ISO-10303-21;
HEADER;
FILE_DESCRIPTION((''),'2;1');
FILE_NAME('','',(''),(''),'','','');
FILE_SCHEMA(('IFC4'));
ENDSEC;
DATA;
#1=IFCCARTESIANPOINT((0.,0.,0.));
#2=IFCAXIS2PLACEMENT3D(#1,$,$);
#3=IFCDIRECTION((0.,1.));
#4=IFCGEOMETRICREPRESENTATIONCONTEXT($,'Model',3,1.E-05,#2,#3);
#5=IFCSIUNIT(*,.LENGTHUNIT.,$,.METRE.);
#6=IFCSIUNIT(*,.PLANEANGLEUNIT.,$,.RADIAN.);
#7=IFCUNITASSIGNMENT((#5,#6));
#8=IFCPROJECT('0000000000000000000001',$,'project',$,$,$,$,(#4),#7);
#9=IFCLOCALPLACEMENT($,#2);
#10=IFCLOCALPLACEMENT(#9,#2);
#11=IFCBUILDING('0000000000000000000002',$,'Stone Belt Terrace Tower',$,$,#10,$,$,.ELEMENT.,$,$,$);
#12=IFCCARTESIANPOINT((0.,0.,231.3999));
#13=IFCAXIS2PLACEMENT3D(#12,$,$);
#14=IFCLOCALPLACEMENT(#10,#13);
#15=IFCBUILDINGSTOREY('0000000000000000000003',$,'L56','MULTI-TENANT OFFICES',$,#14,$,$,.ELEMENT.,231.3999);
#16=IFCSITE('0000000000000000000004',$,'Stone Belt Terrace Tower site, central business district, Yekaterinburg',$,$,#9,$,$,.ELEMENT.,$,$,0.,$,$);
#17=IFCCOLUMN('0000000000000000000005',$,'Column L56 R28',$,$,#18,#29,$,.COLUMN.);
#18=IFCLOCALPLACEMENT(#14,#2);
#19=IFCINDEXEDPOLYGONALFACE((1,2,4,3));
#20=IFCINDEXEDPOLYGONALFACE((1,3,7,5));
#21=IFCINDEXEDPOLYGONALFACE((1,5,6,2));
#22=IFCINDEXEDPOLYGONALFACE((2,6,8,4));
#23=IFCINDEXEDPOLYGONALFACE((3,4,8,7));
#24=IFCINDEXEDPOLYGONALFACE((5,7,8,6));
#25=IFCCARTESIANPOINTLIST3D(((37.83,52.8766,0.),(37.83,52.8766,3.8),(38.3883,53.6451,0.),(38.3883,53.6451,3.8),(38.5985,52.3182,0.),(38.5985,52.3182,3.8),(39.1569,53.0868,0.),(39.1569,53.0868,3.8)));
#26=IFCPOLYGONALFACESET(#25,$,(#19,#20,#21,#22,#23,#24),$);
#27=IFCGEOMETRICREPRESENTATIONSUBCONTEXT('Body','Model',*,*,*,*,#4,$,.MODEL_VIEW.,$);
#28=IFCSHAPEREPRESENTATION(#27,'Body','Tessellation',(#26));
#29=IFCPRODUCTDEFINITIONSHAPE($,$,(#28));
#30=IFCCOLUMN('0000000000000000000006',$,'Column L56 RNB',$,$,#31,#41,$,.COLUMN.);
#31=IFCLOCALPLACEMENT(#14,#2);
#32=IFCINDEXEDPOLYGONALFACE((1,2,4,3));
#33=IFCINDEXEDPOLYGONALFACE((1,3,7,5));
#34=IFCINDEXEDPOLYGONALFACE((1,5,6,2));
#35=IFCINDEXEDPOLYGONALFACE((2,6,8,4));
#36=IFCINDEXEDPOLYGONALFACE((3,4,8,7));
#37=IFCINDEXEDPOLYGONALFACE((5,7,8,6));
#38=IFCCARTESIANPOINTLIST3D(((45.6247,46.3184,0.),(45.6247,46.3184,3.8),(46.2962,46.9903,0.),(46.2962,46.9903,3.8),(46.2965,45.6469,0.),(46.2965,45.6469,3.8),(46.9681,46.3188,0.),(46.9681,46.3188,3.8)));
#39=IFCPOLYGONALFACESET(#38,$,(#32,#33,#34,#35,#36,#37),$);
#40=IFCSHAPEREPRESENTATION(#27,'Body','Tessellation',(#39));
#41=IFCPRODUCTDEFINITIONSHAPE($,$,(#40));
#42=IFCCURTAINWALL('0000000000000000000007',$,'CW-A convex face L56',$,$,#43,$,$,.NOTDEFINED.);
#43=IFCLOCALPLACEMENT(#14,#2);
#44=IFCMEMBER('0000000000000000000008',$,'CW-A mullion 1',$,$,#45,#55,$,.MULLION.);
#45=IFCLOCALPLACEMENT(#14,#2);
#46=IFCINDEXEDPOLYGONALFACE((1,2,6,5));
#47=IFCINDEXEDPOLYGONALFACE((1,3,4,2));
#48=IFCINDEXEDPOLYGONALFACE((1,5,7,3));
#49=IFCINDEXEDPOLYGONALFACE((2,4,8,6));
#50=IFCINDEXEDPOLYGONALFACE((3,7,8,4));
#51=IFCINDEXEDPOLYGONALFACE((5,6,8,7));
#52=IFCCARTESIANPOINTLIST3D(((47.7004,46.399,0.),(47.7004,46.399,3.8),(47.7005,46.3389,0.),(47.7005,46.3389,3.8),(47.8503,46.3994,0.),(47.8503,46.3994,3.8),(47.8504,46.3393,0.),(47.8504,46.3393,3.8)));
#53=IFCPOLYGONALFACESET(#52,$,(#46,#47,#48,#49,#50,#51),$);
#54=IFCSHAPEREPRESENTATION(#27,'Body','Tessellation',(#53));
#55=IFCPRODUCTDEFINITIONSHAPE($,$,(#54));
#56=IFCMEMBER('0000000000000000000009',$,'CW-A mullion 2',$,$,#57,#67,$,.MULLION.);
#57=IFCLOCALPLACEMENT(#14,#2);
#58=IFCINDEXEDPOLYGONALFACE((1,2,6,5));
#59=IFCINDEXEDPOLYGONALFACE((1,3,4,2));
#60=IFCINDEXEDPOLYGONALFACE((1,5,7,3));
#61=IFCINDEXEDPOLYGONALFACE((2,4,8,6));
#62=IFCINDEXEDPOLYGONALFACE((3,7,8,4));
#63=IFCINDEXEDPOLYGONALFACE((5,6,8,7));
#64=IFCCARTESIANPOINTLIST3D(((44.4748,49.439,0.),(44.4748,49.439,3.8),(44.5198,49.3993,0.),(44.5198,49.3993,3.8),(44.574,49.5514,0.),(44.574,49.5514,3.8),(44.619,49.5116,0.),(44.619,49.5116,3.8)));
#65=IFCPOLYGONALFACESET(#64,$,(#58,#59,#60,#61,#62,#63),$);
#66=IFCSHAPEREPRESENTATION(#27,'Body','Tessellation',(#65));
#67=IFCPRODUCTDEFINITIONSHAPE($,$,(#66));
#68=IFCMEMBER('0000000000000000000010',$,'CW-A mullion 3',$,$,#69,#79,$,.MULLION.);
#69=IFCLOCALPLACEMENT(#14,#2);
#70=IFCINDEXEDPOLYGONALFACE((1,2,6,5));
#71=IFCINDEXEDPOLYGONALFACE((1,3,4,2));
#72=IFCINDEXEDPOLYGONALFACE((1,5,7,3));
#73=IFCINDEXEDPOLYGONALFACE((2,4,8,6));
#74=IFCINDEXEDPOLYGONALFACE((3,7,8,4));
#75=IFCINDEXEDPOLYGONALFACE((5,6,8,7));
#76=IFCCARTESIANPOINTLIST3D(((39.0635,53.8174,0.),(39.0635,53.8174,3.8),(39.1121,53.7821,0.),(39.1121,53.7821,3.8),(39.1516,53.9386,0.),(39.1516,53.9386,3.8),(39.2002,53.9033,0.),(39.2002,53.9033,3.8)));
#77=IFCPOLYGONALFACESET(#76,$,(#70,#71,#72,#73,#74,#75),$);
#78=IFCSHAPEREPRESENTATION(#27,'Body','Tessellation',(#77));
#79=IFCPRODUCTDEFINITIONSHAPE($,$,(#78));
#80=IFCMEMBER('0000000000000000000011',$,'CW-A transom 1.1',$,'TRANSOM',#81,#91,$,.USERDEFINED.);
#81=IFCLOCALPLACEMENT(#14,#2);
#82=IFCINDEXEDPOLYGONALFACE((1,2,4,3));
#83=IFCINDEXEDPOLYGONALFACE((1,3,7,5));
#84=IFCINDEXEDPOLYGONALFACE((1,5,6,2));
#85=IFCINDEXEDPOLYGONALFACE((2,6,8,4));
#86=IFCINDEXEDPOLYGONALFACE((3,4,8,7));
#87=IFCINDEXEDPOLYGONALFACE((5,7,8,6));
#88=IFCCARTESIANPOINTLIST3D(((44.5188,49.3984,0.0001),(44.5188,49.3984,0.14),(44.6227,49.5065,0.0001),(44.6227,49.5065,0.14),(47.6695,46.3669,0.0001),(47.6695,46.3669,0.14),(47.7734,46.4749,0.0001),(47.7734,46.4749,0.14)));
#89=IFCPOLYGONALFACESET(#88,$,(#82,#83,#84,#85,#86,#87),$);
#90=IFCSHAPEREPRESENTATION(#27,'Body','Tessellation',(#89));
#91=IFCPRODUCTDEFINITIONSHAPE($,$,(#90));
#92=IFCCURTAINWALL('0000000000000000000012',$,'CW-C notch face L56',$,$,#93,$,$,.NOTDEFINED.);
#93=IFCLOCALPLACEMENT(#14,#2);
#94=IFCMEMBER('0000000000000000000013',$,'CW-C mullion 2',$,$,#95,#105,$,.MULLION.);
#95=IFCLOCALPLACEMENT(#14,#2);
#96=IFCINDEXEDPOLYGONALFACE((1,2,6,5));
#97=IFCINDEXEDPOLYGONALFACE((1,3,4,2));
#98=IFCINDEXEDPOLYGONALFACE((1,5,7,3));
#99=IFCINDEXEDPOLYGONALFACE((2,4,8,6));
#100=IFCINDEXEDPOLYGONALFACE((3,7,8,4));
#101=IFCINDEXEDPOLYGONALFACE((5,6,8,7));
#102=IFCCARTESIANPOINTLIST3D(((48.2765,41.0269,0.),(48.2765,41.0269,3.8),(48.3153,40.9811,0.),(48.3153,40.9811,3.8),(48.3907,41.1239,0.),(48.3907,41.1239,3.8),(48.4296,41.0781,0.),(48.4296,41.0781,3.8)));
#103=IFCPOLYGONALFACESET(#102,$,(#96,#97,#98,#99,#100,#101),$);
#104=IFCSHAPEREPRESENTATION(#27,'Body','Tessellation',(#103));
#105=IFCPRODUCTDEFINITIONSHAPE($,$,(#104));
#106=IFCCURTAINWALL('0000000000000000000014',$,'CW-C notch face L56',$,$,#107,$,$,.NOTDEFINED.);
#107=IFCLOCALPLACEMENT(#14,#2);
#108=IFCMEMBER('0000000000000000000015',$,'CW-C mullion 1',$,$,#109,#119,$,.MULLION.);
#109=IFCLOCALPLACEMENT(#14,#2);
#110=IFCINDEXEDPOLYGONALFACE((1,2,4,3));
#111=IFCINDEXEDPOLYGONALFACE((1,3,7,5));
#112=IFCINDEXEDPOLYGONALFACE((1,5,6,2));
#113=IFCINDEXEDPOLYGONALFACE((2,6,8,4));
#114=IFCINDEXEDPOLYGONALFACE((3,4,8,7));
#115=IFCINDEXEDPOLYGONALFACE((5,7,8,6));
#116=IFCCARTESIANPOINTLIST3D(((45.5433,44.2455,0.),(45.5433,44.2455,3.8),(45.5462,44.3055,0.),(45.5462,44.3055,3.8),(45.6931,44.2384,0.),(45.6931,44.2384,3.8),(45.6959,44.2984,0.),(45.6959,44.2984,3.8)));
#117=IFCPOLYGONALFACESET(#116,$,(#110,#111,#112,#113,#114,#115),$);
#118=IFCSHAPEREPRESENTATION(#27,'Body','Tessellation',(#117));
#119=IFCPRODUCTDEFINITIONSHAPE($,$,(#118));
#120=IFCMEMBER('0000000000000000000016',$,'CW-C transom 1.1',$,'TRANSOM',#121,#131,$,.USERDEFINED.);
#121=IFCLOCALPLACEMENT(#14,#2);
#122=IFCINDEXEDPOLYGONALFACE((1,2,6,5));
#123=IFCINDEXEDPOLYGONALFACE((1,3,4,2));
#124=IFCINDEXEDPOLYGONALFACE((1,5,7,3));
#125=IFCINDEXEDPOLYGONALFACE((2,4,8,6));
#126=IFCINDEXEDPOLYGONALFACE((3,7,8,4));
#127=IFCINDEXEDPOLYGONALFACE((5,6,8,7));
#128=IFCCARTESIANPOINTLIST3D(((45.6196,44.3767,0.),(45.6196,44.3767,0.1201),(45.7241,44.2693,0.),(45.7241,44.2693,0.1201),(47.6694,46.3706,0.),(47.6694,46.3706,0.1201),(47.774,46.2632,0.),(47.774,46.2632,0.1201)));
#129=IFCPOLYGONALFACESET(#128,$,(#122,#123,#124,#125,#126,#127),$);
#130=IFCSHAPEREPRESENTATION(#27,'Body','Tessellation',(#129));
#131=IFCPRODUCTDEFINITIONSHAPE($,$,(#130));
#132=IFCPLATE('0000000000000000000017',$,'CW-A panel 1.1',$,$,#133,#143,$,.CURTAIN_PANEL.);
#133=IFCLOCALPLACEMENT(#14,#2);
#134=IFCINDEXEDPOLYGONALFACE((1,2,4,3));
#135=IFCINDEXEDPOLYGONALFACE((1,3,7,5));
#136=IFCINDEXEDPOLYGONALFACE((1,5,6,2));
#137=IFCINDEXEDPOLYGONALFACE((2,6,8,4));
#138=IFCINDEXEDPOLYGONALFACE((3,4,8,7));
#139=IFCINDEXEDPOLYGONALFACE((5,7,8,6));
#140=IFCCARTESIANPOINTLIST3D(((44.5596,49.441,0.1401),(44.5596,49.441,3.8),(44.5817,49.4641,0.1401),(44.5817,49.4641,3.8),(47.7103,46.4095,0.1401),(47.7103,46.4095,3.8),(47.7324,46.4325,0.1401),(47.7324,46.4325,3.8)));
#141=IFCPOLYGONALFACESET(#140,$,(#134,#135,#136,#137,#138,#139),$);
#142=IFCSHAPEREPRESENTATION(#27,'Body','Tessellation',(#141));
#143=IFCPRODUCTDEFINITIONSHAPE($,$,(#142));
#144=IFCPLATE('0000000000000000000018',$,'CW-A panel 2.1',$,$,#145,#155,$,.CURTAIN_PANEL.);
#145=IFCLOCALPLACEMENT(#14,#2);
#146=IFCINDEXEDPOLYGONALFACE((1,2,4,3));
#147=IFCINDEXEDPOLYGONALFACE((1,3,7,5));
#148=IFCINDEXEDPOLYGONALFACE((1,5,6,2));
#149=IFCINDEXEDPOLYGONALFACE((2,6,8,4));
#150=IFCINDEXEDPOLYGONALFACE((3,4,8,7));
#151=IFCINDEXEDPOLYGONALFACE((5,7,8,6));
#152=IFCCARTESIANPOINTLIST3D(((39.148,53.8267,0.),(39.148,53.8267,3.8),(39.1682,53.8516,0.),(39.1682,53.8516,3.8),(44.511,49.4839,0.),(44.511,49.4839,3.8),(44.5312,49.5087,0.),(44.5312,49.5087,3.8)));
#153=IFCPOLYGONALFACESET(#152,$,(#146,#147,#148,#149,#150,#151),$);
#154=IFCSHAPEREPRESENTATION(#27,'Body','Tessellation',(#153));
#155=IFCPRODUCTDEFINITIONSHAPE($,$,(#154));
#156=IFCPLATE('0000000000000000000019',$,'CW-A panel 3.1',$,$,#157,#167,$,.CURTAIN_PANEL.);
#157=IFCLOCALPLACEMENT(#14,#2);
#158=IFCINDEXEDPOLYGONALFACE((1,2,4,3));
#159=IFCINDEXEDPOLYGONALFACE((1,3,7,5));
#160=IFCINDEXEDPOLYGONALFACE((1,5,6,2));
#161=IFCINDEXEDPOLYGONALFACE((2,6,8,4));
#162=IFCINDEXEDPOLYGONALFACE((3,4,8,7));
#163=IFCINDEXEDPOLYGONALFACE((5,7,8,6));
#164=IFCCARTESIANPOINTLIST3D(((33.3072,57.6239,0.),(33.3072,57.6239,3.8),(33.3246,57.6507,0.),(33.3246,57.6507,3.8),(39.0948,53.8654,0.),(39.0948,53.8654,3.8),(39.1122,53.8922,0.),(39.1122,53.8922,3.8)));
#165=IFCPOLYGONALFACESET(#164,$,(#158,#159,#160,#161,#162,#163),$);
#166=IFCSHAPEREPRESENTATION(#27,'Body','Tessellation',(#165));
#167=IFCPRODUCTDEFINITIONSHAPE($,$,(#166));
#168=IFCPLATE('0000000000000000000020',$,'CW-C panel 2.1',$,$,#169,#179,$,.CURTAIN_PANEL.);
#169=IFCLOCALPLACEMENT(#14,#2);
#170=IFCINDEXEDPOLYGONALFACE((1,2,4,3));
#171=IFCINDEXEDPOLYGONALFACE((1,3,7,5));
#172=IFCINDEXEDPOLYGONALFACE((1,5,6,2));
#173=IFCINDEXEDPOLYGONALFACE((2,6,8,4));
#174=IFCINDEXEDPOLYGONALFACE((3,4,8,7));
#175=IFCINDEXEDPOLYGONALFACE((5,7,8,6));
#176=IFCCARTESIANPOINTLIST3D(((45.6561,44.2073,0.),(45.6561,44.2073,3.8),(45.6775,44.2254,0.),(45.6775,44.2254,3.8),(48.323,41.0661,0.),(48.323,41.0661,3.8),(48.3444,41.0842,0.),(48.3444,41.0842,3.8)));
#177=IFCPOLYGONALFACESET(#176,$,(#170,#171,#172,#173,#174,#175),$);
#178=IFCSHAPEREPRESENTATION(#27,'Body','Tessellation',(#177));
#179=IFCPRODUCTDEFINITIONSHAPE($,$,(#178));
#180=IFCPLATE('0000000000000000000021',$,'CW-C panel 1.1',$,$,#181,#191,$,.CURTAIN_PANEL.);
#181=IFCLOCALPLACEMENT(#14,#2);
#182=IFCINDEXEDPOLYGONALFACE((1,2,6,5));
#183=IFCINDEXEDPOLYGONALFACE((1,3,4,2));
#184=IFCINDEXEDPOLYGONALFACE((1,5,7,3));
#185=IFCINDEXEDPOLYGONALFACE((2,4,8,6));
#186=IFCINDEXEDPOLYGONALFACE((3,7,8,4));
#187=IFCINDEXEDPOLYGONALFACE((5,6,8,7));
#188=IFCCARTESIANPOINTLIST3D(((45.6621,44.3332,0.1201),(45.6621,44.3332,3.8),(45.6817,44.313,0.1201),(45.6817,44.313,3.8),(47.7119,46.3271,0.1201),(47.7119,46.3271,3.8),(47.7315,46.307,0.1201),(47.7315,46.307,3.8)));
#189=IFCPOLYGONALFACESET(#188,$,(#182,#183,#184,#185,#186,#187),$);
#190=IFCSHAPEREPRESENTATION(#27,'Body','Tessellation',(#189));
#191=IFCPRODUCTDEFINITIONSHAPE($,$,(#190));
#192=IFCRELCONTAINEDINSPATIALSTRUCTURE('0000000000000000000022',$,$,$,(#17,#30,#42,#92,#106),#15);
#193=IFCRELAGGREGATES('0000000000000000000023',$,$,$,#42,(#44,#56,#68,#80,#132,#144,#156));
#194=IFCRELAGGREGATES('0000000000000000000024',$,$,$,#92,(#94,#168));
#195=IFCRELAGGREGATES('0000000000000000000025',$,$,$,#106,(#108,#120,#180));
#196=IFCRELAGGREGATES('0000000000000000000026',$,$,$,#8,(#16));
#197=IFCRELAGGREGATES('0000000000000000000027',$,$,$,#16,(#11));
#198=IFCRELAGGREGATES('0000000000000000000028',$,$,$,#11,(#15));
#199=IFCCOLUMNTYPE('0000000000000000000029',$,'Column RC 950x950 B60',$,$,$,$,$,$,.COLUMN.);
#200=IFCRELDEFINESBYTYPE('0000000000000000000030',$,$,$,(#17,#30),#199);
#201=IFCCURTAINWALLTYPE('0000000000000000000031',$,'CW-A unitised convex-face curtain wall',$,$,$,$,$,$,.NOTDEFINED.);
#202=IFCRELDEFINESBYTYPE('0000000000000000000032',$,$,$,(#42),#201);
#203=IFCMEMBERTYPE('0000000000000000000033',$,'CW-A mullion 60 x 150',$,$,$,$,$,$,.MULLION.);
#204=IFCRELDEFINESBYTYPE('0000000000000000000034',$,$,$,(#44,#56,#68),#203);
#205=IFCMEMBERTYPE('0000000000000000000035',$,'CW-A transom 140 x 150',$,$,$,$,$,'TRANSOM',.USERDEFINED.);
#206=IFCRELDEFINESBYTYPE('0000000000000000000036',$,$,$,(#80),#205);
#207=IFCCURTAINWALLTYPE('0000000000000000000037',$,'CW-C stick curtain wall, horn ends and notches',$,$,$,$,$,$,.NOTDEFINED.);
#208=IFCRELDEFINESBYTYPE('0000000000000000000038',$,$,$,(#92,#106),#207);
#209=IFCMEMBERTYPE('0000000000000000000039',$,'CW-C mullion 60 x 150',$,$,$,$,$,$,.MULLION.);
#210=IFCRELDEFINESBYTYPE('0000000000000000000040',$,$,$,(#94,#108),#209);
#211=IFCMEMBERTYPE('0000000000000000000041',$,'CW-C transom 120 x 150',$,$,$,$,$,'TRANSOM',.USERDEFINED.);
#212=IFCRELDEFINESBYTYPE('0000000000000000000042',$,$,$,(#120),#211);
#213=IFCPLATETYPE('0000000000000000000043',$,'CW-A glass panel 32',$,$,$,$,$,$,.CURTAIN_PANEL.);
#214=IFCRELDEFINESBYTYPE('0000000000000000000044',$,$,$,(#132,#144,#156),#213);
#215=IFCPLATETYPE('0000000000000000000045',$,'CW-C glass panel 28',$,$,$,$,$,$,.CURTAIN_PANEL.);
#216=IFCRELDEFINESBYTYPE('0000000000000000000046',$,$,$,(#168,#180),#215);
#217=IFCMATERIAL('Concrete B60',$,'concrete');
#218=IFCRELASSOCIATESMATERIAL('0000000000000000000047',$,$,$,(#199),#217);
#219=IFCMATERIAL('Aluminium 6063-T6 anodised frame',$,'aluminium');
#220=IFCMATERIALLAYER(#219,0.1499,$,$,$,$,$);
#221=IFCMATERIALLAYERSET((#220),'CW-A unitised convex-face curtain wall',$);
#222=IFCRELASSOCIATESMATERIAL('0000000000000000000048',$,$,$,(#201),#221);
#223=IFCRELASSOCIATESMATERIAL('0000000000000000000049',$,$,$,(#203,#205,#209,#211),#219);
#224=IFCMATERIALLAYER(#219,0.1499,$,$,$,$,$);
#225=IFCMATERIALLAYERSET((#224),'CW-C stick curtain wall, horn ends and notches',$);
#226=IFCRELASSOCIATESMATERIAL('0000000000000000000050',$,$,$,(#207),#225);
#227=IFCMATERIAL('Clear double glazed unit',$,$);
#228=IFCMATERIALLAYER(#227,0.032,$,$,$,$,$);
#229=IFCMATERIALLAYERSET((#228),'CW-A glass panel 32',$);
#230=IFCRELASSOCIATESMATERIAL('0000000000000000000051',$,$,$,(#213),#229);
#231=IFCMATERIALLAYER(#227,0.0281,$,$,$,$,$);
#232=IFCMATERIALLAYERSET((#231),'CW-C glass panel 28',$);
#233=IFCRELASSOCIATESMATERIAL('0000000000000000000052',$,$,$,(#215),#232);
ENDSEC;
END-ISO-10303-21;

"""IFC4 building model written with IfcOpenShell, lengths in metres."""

from ifc_helpers import new_model, si_unit, direction, frame, origin, origin_2d, place, context, subcontext, project, spatial, rectangle, extrude, material, layer, layer_set, material_profile, profile_set, type_object, element, aggregate, save


model = new_model("IFC4")

# Units and contexts
model_context = context("Model", 3, precision=1e-05, world=origin(), true_north=direction((0.0, 1.0)))
body_context = subcontext(model_context, "Body", "Model", "MODEL_VIEW")
ifc_project = project(units=[si_unit("LENGTHUNIT", "METRE"), si_unit("PLANEANGLEUNIT", "RADIAN")], contexts=[model_context])

# Site, building, storey
site_placement = place(None, origin())
site = spatial("IfcSite", under=ifc_project, at=site_placement, Name="Stone Belt Terrace Tower site, central business district, Yekaterinburg", CompositionType="ELEMENT", RefElevation=0.0)
building_placement = place(site_placement, origin())
building = spatial("IfcBuilding", under=site, at=building_placement, Name="Stone Belt Terrace Tower", CompositionType="ELEMENT")
storey_placement = place(building_placement, frame((0.0, 0.0, 231.3999)))
storey = spatial("IfcBuildingStorey", under=building, at=storey_placement, Name="L56", Description="MULTI-TENANT OFFICES", CompositionType="ELEMENT", Elevation=231.3999)

# Columns
ifc_material_1 = material(Name="Concrete B60", Category="concrete")
ifc_material_profile_1 = material_profile(ifc_material_1, rectangle(XDim=0.95, YDim=0.95, at=origin_2d()), Name="RC 950x950")
ifc_profile_set_1 = profile_set([ifc_material_profile_1], Name="Concrete B60")
column_type = type_object("IfcColumnType", Name="Column RC 950x950 B60", PredefinedType="COLUMN", material=ifc_profile_set_1)
for number, where, z_axis, x_axis, name in (
    (1, (38.4934, 52.9817, 0.0), (0.0, 0.0, 1.0), (0.809017, -0.587785, 0.0), "Column L56 R28"),
    (2, (46.2964, 46.3186, 0.0), (0.0, 0.0, 1.0), (0.707276, -0.706938, 0.0), "Column L56 RNB"),
):
    element("IfcColumn", number, at=place(storey_placement, frame(where, z_axis=z_axis, x_axis=x_axis)), inside=storey, type_object=column_type, Name=name, PredefinedType="COLUMN", context=body_context, shape_type="SweptSolid", body=[
        extrude(rectangle(XDim=0.95, YDim=0.95, at=origin_2d()), origin(), (0.0, 0.0, 1.0), 3.8),
    ])

# Curtain wall, members
ifc_material_2 = material(Name="Aluminium 6063-T6 anodised frame", Category="aluminium")
ifc_layer_1 = layer(ifc_material_2, 0.1499)
ifc_layer_set_1 = layer_set([ifc_layer_1], Name="CW-A unitised convex-face curtain wall")
curtain_wall_type_1 = type_object("IfcCurtainWallType", Name="CW-A unitised convex-face curtain wall", PredefinedType="NOTDEFINED", material=ifc_layer_set_1)
curtain_wall_1_placement = place(storey_placement, origin())
curtain_wall_1 = element("IfcCurtainWall", 3, at=curtain_wall_1_placement, inside=storey, type_object=curtain_wall_type_1, Name="CW-A convex face L56", PredefinedType="NOTDEFINED")
ifc_material_profile_2 = material_profile(ifc_material_2, rectangle(XDim=0.1499, YDim=0.0601, at=origin_2d()), Name="Aluminium 6063-T6 60x150")
ifc_profile_set_2 = profile_set([ifc_material_profile_2], Name="Aluminium 6063-T6 anodised frame")
member_type_1 = type_object("IfcMemberType", Name="CW-A mullion 60 x 150", PredefinedType="MULLION", material=ifc_profile_set_2)
member_1_placement = place(storey_placement, frame((47.7754, 46.3691, 0.0), z_axis=(0.0, 0.0, 1.0), x_axis=(-0.999996, -0.002733, 0.0)))
member_1 = element("IfcMember", 4, at=member_1_placement, type_object=member_type_1, Name="CW-A mullion 1", PredefinedType="MULLION", context=body_context, shape_type="SweptSolid", body=[
    extrude(rectangle(XDim=0.1499, YDim=0.0601, at=origin_2d()), origin(), (0.0, 0.0, 1.0), 3.8),
])
member_2_placement = place(storey_placement, frame((44.5469, 49.4753, 0.0), z_axis=(0.0, 0.0, 1.0), x_axis=(-0.661937, -0.749559, 0.0)))
member_2 = element("IfcMember", 5, at=member_2_placement, type_object=member_type_1, Name="CW-A mullion 2", PredefinedType="MULLION", context=body_context, shape_type="SweptSolid", body=[
    extrude(rectangle(XDim=0.1499, YDim=0.0601, at=origin_2d()), origin(), (0.0, 0.0, 1.0), 3.8),
])
member_3_placement = place(storey_placement, frame((39.1318, 53.8604, 0.0), z_axis=(0.0, 0.0, 1.0), x_axis=(-0.587785, -0.809017, 0.0)))
member_3 = element("IfcMember", 6, at=member_3_placement, type_object=member_type_1, Name="CW-A mullion 3", PredefinedType="MULLION", context=body_context, shape_type="SweptSolid", body=[
    extrude(rectangle(XDim=0.1499, YDim=0.0601, at=origin_2d()), origin(), (0.0, 0.0, 1.0), 3.8),
])
ifc_material_profile_3 = material_profile(ifc_material_2, rectangle(XDim=0.1499, YDim=0.1399, at=origin_2d()), Name="Aluminium 6063-T6 150x140")
ifc_profile_set_3 = profile_set([ifc_material_profile_3], Name="Aluminium 6063-T6 anodised frame")
member_type_2 = type_object("IfcMemberType", Name="CW-A transom 140 x 150", ElementType="TRANSOM", PredefinedType="USERDEFINED", material=ifc_profile_set_3)
member_4_placement = place(storey_placement, frame((47.7214, 46.4209, 0.0701), z_axis=(-0.7206, 0.693351, 0.0), x_axis=(-0.693351, -0.7206, 0.0)))
member_4 = element("IfcMember", 7, at=member_4_placement, type_object=member_type_2, Name="CW-A transom 1.1", ObjectType="TRANSOM", PredefinedType="USERDEFINED", context=body_context, shape_type="SweptSolid", body=[
    extrude(rectangle(XDim=0.1499, YDim=0.1399, at=origin_2d()), origin(), (0.0, 0.0, 1.0), 4.3723),
])

# Curtain wall, member
ifc_layer_2 = layer(ifc_material_2, 0.1499)
ifc_layer_set_2 = layer_set([ifc_layer_2], Name="CW-C stick curtain wall, horn ends and notches")
curtain_wall_type_2 = type_object("IfcCurtainWallType", Name="CW-C stick curtain wall, horn ends and notches", PredefinedType="NOTDEFINED", material=ifc_layer_set_2)
curtain_wall_2_placement = place(storey_placement, origin())
curtain_wall_2 = element("IfcCurtainWall", 8, at=curtain_wall_2_placement, inside=storey, type_object=curtain_wall_type_2, Name="CW-C notch face L56", PredefinedType="NOTDEFINED")
ifc_material_profile_4 = material_profile(ifc_material_2, rectangle(XDim=0.1499, YDim=0.0601, at=origin_2d()), Name="Aluminium 6063-T6 60x150")
ifc_profile_set_4 = profile_set([ifc_material_profile_4], Name="Aluminium 6063-T6 anodised frame")
member_type_3 = type_object("IfcMemberType", Name="CW-C mullion 60 x 150", PredefinedType="MULLION", material=ifc_profile_set_4)
member_5_placement = place(storey_placement, frame((48.353, 41.0525, 0.0), z_axis=(0.0, 0.0, 1.0), x_axis=(-0.762311, -0.647211, 0.0)))
member_5 = element("IfcMember", 9, at=member_5_placement, type_object=member_type_3, Name="CW-C mullion 2", PredefinedType="MULLION", context=body_context, shape_type="SweptSolid", body=[
    extrude(rectangle(XDim=0.1499, YDim=0.0601, at=origin_2d()), origin(), (0.0, 0.0, 1.0), 3.8),
])

# Curtain wall, members
curtain_wall_3_placement = place(storey_placement, origin())
curtain_wall_3 = element("IfcCurtainWall", 10, at=curtain_wall_3_placement, inside=storey, type_object=curtain_wall_type_2, Name="CW-C notch face L56", PredefinedType="NOTDEFINED")
member_6_placement = place(storey_placement, frame((45.6196, 44.272, 0.0), z_axis=(0.0, 0.0, 1.0), x_axis=(-0.998865, 0.047626, 0.0)))
member_6 = element("IfcMember", 11, at=member_6_placement, type_object=member_type_3, Name="CW-C mullion 1", PredefinedType="MULLION", context=body_context, shape_type="SweptSolid", body=[
    extrude(rectangle(XDim=0.1499, YDim=0.0601, at=origin_2d()), origin(), (0.0, 0.0, 1.0), 3.8),
])
ifc_material_profile_5 = material_profile(ifc_material_2, rectangle(XDim=0.1499, YDim=0.1201, at=origin_2d()), Name="Aluminium 6063-T6 150x120")
ifc_profile_set_5 = profile_set([ifc_material_profile_5], Name="Aluminium 6063-T6 anodised frame")
member_type_4 = type_object("IfcMemberType", Name="CW-C transom 120 x 150", ElementType="TRANSOM", PredefinedType="USERDEFINED", material=ifc_profile_set_5)
member_7_placement = place(storey_placement, frame((45.6719, 44.323, 0.0601), z_axis=(0.716815, 0.697264, 0.0), x_axis=(-0.697264, 0.716815, 0.0)))
member_7 = element("IfcMember", 12, at=member_7_placement, type_object=member_type_4, Name="CW-C transom 1.1", ObjectType="TRANSOM", PredefinedType="USERDEFINED", context=body_context, shape_type="SweptSolid", body=[
    extrude(rectangle(XDim=0.1499, YDim=0.1201, at=origin_2d()), origin(), (0.0, 0.0, 1.0), 2.8596),
])

# Plates
ifc_material_3 = material(Name="Clear double glazed unit")
ifc_layer_3 = layer(ifc_material_3, 0.032)
ifc_layer_set_3 = layer_set([ifc_layer_3], Name="CW-A glass panel 32")
plate_type_1 = type_object("IfcPlateType", Name="CW-A glass panel 32", PredefinedType="CURTAIN_PANEL", material=ifc_layer_set_3)
plate_1_placement = place(storey_placement, frame((46.146, 47.9368, 0.1401), z_axis=(0.0, 0.0, 1.0), x_axis=(-0.720604, 0.693346, 0.0)))
plate_1 = element("IfcPlate", 13, at=plate_1_placement, type_object=plate_type_1, Name="CW-A panel 1.1", PredefinedType="CURTAIN_PANEL", context=body_context, shape_type="SweptSolid", body=[
    extrude(rectangle(XDim=4.3723, YDim=0.032, at=origin_2d()), origin(), (0.0, 0.0, 1.0), 3.6599),
])
plate_2_placement = place(storey_placement, frame((41.8396, 51.6677, 0.0), z_axis=(0.0, 0.0, 1.0), x_axis=(-0.777146, 0.62932, 0.0)))
plate_2 = element("IfcPlate", 14, at=plate_2_placement, type_object=plate_type_1, Name="CW-A panel 2.1", PredefinedType="CURTAIN_PANEL", context=body_context, shape_type="SweptSolid", body=[
    extrude(rectangle(XDim=6.9009, YDim=0.032, at=origin_2d()), origin(), (0.0, 0.0, 1.0), 3.8),
])
plate_3_placement = place(storey_placement, frame((36.2097, 55.7581, 0.0), z_axis=(0.0, 0.0, 1.0), x_axis=(-0.838671, 0.544639, 0.0)))
plate_3 = element("IfcPlate", 15, at=plate_3_placement, type_object=plate_type_1, Name="CW-A panel 3.1", PredefinedType="CURTAIN_PANEL", context=body_context, shape_type="SweptSolid", body=[
    extrude(rectangle(XDim=6.9009, YDim=0.032, at=origin_2d()), origin(), (0.0, 0.0, 1.0), 3.8),
])
aggregate(curtain_wall_1, [member_1, member_2, member_3, member_4, plate_1, plate_2, plate_3])
ifc_layer_4 = layer(ifc_material_3, 0.0281)
ifc_layer_set_4 = layer_set([ifc_layer_4], Name="CW-C glass panel 28")
plate_type_2 = type_object("IfcPlateType", Name="CW-C glass panel 28", PredefinedType="CURTAIN_PANEL", material=ifc_layer_set_4)
plate_4_placement = place(storey_placement, frame((47.0002, 42.6458, 0.0), z_axis=(0.0, 0.0, 1.0), x_axis=(-0.647211, 0.762311, 0.0)))
plate_4 = element("IfcPlate", 16, at=plate_4_placement, type_object=plate_type_2, Name="CW-C panel 2.1", PredefinedType="CURTAIN_PANEL", context=body_context, shape_type="SweptSolid", body=[
    extrude(rectangle(XDim=4.1206, YDim=0.0281, at=origin_2d()), origin(), (0.0, 0.0, 1.0), 3.8),
])
aggregate(curtain_wall_2, [member_5, plate_4])
plate_5_placement = place(storey_placement, frame((46.6968, 45.3201, 0.1201), z_axis=(0.0, 0.0, 1.0), x_axis=(0.716803, 0.697275, 0.0)))
plate_5 = element("IfcPlate", 17, at=plate_5_placement, type_object=plate_type_2, Name="CW-C panel 1.1", PredefinedType="CURTAIN_PANEL", context=body_context, shape_type="SweptSolid", body=[
    extrude(rectangle(XDim=2.8596, YDim=0.0281, at=origin_2d()), origin(), (0.0, 0.0, 1.0), 3.6799),
])
aggregate(curtain_wall_3, [member_6, member_7, plate_5])

save(model, "model.ifc")
